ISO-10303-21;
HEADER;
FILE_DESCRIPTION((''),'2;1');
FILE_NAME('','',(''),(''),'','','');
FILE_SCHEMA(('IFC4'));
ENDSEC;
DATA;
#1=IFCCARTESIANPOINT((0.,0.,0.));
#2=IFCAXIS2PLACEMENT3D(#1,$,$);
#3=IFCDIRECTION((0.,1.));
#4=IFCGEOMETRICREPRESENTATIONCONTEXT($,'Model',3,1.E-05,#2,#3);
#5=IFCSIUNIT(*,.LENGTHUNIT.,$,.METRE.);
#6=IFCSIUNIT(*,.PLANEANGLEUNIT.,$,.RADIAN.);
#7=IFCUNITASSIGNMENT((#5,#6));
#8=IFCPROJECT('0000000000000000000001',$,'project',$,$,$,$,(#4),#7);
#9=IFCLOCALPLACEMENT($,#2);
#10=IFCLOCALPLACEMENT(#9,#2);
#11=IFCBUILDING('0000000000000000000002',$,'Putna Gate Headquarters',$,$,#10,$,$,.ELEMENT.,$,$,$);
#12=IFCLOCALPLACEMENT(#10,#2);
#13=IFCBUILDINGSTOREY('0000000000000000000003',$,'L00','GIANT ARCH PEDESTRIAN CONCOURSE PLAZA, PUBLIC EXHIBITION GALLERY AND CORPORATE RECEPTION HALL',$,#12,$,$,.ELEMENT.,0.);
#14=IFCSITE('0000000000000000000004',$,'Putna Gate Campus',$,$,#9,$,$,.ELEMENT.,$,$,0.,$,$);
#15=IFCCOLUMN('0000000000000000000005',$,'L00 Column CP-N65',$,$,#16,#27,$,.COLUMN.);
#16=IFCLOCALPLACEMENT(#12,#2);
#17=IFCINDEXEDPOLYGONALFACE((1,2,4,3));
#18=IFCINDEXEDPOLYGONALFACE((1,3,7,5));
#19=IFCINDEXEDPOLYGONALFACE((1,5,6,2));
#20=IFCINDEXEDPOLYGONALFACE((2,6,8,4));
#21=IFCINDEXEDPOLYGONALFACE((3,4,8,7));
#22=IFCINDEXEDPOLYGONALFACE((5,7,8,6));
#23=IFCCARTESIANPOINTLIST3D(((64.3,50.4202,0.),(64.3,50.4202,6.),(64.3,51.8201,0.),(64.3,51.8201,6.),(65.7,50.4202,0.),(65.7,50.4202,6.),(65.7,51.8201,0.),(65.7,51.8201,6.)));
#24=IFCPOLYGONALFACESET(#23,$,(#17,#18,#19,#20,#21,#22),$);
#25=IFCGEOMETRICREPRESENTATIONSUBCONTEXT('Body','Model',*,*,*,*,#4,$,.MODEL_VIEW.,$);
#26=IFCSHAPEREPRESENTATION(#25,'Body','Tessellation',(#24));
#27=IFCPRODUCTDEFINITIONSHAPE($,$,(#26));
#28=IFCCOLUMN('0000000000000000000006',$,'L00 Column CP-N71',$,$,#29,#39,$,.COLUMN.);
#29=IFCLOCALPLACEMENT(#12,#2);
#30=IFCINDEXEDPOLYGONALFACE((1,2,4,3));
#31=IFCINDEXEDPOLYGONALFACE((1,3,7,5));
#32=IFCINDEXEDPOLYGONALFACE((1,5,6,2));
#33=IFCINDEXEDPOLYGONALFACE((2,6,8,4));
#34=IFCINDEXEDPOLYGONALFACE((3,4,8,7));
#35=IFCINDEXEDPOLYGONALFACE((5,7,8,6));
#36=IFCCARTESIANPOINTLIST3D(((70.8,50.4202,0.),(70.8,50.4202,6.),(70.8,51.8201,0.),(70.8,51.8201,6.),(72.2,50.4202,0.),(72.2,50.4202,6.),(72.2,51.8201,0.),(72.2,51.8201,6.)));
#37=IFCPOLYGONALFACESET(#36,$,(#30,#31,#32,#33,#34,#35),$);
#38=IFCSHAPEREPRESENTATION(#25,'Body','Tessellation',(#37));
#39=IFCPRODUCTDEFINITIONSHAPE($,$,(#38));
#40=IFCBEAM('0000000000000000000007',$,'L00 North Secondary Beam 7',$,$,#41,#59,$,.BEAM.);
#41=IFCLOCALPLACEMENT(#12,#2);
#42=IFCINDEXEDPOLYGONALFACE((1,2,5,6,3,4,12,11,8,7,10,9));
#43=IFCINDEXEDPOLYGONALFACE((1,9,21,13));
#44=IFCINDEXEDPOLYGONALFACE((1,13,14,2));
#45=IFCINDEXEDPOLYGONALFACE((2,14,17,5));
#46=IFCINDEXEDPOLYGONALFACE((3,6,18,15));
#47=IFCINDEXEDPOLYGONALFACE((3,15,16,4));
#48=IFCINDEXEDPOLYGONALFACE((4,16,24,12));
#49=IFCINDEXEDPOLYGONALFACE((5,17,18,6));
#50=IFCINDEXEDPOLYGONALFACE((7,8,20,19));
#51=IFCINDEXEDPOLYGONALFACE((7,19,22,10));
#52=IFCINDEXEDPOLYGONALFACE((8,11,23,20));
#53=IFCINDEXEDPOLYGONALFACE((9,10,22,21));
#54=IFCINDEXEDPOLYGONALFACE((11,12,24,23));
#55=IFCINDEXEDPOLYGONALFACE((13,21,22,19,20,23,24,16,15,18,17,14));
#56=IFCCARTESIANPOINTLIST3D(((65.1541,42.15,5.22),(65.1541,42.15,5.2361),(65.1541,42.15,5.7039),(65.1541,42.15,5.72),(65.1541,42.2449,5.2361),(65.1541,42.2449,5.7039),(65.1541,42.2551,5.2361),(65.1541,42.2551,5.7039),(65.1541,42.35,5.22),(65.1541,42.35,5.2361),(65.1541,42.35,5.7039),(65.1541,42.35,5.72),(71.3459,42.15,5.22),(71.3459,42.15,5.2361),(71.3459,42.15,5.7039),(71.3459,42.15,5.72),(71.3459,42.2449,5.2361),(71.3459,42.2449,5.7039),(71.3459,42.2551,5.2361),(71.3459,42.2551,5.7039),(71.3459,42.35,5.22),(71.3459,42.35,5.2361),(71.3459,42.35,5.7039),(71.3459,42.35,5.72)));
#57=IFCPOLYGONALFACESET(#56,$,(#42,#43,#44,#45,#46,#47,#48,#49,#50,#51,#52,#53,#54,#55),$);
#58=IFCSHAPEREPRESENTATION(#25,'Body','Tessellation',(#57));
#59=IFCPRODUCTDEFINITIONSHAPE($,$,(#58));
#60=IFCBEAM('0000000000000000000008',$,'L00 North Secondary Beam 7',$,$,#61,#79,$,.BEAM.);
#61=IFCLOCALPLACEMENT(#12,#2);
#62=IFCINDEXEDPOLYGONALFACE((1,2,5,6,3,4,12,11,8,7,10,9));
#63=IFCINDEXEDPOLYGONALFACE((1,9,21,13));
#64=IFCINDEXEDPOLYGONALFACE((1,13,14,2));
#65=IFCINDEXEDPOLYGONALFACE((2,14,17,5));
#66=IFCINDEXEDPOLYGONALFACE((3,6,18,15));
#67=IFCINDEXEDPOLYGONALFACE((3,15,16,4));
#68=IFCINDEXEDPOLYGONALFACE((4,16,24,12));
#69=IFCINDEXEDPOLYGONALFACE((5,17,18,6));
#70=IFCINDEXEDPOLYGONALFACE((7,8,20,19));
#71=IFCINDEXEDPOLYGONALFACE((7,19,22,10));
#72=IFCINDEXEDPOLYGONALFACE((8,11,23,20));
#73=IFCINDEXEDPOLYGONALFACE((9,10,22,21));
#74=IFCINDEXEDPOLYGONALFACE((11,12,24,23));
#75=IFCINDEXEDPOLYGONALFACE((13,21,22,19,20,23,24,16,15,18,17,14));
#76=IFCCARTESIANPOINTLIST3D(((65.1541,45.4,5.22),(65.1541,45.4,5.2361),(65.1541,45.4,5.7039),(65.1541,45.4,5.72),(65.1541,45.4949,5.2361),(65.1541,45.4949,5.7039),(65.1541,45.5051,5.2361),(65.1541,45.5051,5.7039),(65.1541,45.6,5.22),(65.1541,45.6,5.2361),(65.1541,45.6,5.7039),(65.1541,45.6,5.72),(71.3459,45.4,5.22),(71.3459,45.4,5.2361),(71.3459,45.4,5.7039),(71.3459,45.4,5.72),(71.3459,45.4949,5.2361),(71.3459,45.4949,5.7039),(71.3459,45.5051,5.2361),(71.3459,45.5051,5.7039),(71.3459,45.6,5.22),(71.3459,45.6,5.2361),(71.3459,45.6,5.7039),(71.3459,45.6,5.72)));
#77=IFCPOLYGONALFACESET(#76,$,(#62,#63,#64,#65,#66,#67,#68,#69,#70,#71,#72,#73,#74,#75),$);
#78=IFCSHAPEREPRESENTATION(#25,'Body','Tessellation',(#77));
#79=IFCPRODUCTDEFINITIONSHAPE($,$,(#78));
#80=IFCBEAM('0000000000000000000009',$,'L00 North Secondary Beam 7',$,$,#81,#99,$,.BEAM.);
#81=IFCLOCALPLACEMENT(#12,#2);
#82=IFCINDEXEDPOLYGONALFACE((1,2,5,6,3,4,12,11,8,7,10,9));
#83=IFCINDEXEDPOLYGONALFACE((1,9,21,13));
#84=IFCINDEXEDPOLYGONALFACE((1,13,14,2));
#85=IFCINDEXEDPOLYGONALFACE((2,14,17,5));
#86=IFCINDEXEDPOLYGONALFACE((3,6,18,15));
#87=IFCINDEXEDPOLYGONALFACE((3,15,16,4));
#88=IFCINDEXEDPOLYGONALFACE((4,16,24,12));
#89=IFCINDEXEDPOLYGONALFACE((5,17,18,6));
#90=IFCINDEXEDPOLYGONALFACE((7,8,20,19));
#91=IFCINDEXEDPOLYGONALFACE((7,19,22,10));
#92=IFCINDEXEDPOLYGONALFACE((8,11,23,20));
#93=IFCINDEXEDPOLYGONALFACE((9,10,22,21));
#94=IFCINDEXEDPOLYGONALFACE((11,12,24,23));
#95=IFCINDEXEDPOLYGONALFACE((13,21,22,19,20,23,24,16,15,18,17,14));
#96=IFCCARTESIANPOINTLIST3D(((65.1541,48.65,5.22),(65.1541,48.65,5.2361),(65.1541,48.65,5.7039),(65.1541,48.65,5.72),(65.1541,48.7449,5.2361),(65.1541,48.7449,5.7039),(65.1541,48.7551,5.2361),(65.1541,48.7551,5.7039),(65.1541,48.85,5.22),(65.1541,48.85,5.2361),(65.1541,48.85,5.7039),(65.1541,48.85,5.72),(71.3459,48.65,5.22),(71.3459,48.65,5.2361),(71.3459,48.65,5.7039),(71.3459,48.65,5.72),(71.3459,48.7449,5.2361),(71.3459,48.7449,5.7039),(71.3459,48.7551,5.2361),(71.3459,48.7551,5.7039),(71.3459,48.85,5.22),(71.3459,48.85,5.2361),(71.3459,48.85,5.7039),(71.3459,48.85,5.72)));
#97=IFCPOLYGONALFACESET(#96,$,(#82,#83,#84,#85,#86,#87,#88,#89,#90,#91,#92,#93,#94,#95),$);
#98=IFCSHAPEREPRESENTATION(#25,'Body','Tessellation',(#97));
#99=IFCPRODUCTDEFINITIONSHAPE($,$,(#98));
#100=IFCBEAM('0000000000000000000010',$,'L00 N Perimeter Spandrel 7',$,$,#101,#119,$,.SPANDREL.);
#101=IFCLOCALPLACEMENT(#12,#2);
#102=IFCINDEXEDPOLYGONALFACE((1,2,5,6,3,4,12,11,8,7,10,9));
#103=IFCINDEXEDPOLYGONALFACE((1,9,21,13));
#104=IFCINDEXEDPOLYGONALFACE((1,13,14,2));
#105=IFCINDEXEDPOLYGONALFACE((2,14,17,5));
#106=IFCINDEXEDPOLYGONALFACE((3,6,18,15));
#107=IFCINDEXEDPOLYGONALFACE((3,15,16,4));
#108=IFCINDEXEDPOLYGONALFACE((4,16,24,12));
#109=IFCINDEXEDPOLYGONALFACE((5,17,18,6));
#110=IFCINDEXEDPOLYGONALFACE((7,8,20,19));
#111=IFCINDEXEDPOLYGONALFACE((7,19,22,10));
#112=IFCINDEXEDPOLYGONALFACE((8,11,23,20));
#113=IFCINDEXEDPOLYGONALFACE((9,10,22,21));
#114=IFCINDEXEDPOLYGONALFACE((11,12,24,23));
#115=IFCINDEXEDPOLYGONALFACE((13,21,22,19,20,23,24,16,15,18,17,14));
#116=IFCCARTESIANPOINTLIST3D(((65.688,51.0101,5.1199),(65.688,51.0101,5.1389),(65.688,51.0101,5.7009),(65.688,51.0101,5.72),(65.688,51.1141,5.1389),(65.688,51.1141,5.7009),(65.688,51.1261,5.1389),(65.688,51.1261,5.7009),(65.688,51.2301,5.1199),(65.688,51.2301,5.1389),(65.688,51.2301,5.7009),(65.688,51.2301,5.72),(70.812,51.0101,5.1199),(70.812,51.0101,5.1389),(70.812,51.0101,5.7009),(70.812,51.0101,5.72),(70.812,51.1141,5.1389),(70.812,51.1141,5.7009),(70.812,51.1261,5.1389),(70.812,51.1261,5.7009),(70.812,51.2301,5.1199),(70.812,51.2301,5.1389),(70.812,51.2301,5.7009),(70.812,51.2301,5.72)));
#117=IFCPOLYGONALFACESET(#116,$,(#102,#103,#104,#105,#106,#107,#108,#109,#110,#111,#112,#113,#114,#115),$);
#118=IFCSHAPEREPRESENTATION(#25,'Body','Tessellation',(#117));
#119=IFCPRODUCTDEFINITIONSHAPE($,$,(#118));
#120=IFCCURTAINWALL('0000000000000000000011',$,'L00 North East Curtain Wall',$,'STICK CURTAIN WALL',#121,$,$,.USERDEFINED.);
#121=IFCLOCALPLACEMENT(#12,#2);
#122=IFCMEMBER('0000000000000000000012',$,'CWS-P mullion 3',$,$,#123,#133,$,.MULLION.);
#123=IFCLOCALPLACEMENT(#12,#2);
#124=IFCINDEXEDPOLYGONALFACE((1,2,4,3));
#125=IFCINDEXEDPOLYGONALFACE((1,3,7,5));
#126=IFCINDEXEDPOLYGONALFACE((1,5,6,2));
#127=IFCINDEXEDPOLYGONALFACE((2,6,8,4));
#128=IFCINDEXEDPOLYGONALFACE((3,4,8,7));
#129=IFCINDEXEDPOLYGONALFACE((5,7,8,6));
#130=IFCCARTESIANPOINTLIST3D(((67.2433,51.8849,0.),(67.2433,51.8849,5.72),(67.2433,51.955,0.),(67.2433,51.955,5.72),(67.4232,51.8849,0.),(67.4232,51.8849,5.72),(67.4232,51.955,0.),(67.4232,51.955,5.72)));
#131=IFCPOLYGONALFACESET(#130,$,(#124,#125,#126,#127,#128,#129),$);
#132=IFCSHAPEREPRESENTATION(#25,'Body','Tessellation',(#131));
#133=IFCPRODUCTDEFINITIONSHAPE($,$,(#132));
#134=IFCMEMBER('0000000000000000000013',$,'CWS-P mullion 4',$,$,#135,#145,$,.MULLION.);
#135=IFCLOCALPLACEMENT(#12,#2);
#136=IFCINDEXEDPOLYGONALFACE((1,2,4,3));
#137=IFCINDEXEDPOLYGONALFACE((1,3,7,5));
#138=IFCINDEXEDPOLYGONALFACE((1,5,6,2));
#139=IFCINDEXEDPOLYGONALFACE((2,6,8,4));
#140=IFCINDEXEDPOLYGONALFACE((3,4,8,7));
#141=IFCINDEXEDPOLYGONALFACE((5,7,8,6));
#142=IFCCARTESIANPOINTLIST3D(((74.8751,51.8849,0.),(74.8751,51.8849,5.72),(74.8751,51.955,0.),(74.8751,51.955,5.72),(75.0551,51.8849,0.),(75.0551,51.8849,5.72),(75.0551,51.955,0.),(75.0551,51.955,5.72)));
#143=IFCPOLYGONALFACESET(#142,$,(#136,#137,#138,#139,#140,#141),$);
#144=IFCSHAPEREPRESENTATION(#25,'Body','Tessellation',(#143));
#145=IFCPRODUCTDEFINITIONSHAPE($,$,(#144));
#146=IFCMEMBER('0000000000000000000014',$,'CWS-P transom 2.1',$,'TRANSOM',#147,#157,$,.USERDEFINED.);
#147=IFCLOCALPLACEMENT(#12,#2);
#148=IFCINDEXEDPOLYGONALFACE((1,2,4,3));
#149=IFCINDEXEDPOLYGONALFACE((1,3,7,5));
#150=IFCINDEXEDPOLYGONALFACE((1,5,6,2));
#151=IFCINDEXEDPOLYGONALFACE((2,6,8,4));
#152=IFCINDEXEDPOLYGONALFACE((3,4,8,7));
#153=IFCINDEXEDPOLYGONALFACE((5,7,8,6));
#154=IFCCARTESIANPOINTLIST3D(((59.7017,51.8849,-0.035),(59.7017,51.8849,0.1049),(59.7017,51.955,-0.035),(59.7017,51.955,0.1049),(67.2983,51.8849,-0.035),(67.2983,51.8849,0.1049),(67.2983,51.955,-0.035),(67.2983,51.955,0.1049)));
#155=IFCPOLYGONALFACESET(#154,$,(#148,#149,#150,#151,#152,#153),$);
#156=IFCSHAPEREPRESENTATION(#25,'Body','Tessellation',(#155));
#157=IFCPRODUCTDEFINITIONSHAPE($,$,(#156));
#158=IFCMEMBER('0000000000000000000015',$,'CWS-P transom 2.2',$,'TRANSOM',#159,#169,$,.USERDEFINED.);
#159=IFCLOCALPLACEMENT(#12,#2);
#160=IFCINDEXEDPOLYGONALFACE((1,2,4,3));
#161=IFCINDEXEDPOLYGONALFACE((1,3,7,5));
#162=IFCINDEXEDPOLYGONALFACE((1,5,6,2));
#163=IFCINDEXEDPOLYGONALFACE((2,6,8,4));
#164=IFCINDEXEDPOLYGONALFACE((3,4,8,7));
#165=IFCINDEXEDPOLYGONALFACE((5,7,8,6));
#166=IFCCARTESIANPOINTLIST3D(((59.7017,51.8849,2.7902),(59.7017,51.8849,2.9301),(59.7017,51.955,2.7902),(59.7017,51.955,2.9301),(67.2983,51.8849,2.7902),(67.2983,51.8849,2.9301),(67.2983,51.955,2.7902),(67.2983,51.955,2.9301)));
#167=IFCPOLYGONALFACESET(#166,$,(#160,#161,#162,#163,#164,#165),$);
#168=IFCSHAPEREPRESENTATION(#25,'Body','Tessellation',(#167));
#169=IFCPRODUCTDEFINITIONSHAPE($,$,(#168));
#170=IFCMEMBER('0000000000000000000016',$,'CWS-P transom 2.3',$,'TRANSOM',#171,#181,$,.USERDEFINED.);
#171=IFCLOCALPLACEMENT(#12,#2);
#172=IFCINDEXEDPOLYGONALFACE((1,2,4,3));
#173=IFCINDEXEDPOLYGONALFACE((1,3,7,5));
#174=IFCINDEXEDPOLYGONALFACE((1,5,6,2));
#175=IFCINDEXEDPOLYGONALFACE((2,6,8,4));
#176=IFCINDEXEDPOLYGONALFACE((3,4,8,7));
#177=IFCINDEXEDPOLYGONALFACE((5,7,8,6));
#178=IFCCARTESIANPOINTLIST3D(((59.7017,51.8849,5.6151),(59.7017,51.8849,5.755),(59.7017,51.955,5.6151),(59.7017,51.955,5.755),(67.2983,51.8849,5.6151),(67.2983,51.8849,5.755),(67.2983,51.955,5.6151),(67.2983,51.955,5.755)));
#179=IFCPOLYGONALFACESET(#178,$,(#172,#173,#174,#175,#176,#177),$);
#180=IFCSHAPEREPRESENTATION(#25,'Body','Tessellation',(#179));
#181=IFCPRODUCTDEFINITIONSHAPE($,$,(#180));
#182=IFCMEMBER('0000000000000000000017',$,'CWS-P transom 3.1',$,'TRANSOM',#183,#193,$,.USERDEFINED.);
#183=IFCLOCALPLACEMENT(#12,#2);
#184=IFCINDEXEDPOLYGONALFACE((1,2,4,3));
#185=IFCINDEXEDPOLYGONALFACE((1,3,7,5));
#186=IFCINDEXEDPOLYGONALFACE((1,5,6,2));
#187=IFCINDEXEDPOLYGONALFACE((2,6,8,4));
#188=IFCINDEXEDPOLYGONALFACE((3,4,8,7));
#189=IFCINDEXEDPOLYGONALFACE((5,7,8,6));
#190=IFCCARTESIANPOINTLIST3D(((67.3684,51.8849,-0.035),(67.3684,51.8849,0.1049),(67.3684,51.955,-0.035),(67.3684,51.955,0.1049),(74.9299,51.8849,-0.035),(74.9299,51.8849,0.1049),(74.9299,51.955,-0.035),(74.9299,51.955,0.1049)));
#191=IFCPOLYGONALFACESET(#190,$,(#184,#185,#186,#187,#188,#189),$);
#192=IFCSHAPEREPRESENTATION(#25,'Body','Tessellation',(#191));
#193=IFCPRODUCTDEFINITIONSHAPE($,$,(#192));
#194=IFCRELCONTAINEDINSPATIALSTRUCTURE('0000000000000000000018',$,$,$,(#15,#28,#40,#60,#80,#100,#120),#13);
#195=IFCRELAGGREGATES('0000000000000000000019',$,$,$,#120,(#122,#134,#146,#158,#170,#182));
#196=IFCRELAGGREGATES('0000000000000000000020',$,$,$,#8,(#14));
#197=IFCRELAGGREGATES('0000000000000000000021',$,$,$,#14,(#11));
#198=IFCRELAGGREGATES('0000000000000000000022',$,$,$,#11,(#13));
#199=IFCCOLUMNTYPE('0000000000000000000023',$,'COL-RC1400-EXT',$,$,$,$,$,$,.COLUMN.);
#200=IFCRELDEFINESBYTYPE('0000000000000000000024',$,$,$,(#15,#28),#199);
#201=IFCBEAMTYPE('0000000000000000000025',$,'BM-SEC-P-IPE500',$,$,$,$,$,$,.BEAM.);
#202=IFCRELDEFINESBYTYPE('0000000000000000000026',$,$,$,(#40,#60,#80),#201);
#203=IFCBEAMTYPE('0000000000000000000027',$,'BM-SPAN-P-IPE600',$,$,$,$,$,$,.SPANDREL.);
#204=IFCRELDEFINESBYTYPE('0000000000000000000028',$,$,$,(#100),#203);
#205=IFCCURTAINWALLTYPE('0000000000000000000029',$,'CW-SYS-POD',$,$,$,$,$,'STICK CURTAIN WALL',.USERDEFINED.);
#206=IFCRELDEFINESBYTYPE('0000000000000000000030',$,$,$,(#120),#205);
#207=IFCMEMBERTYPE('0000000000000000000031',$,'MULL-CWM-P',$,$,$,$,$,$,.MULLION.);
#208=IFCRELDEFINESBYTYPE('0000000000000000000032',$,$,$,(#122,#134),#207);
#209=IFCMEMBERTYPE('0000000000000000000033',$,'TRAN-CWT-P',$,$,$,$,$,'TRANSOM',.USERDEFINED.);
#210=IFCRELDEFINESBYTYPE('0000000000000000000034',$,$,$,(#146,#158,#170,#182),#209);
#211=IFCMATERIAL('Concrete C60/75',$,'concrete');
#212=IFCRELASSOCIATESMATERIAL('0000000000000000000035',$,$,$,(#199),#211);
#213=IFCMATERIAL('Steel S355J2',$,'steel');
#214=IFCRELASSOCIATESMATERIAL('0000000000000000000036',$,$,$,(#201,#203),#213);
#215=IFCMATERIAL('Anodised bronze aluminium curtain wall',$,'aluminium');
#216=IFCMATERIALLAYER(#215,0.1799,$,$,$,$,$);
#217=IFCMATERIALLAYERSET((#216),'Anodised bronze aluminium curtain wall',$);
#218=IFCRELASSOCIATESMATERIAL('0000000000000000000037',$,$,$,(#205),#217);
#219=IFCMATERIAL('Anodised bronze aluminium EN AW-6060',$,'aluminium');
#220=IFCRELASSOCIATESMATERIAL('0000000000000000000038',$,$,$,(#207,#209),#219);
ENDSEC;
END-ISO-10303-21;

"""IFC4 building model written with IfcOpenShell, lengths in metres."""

from ifc_helpers import new_model, si_unit, direction, frame, origin, origin_2d, place, context, subcontext, project, spatial, rectangle, i_section, extrude, material, layer, layer_set, material_profile, profile_set, type_object, element, aggregate, save


model = new_model("IFC4")

# Units and contexts
model_context = context("Model", 3, precision=1e-05, world=origin(), true_north=direction((0.0, 1.0)))
body_context = subcontext(model_context, "Body", "Model", "MODEL_VIEW")
ifc_project = project(units=[si_unit("LENGTHUNIT", "METRE"), si_unit("PLANEANGLEUNIT", "RADIAN")], contexts=[model_context])

# Site, building, storey
site_placement = place(None, origin())
site = spatial("IfcSite", under=ifc_project, at=site_placement, Name="Putna Gate Campus", CompositionType="ELEMENT", RefElevation=0.0)
building_placement = place(site_placement, origin())
building = spatial("IfcBuilding", under=site, at=building_placement, Name="Putna Gate Headquarters", CompositionType="ELEMENT")
storey_placement = place(building_placement, origin())
storey = spatial("IfcBuildingStorey", under=building, at=storey_placement, Name="L00", Description="GIANT ARCH PEDESTRIAN CONCOURSE PLAZA, PUBLIC EXHIBITION GALLERY AND CORPORATE RECEPTION HALL", CompositionType="ELEMENT", Elevation=0.0)

# Columns
ifc_material_1 = material(Name="Concrete C60/75", Category="concrete")
ifc_material_profile_1 = material_profile(ifc_material_1, rectangle(XDim=1.3999, YDim=1.3999, at=origin_2d()), Name="Concrete C60/75")
ifc_profile_set_1 = profile_set([ifc_material_profile_1], Name="Concrete C60/75")
column_type = type_object("IfcColumnType", Name="COL-RC1400-EXT", PredefinedType="COLUMN", material=ifc_profile_set_1)
for number, where, z_axis, x_axis, name in (
    (1, (65.0, 51.1201, 0.0), (0.0, 0.0, 1.0), (1.0, 0.0, 0.0), "L00 Column CP-N65"),
    (2, (71.5, 51.1201, 0.0), (0.0, 0.0, 1.0), (1.0, 0.0, 0.0), "L00 Column CP-N71"),
):
    element("IfcColumn", number, at=place(storey_placement, frame(where, z_axis=z_axis, x_axis=x_axis)), inside=storey, type_object=column_type, Name=name, PredefinedType="COLUMN", context=body_context, shape_type="SweptSolid", body=[
        extrude(rectangle(XDim=1.3999, YDim=1.3999, at=origin_2d()), origin(), (0.0, 0.0, 1.0), 6.0),
    ])

# Beams
ifc_material_2 = material(Name="Steel S355J2", Category="steel")
ifc_material_profile_2 = material_profile(ifc_material_2, i_section(OverallWidth=0.2, OverallDepth=0.5, WebThickness=0.0103, FlangeThickness=0.0161, at=origin_2d()), Name="Steel S355J2")
ifc_profile_set_2 = profile_set([ifc_material_profile_2], Name="Steel S355J2")
beam_type_1 = type_object("IfcBeamType", Name="BM-SEC-P-IPE500", PredefinedType="BEAM", material=ifc_profile_set_2)
for number, where, z_axis, x_axis, name in (
    (3, (65.1541, 42.25, 5.47), (1.0, 0.0, 0.0), (0.0, 1.0, 0.0), "L00 North Secondary Beam 7"),
    (4, (65.1541, 45.5, 5.47), (1.0, 0.0, 0.0), (0.0, 1.0, 0.0), "L00 North Secondary Beam 7"),
    (5, (65.1541, 48.75, 5.47), (1.0, 0.0, 0.0), (0.0, 1.0, 0.0), "L00 North Secondary Beam 7"),
):
    element("IfcBeam", number, at=place(storey_placement, frame(where, z_axis=z_axis, x_axis=x_axis)), inside=storey, type_object=beam_type_1, Name=name, PredefinedType="BEAM", context=body_context, shape_type="SweptSolid", body=[
        extrude(i_section(OverallWidth=0.2, OverallDepth=0.5, WebThickness=0.0103, FlangeThickness=0.0161, at=origin_2d()), origin(), (0.0, 0.0, 1.0), 6.1919),
    ])
ifc_material_profile_3 = material_profile(ifc_material_2, i_section(OverallWidth=0.22, OverallDepth=0.6001, WebThickness=0.012, FlangeThickness=0.019, at=origin_2d()), Name="Steel S355J2")
ifc_profile_set_3 = profile_set([ifc_material_profile_3], Name="Steel S355J2")
beam_type_2 = type_object("IfcBeamType", Name="BM-SPAN-P-IPE600", PredefinedType="SPANDREL", material=ifc_profile_set_3)
beam_placement = place(storey_placement, frame((65.688, 51.1201, 5.4199), z_axis=(1.0, 0.0, 0.0), x_axis=(0.0, 1.0, 0.0)))
element("IfcBeam", 6, at=beam_placement, inside=storey, type_object=beam_type_2, Name="L00 N Perimeter Spandrel 7", PredefinedType="SPANDREL", context=body_context, shape_type="SweptSolid", body=[
    extrude(i_section(OverallWidth=0.22, OverallDepth=0.6001, WebThickness=0.012, FlangeThickness=0.019, at=origin_2d()), origin(), (0.0, 0.0, 1.0), 5.124),
])

# Curtain wall, members
ifc_material_3 = material(Name="Anodised bronze aluminium curtain wall", Category="aluminium")
ifc_layer_1 = layer(ifc_material_3, 0.1799)
ifc_layer_set_1 = layer_set([ifc_layer_1], Name="Anodised bronze aluminium curtain wall")
curtain_wall_type = type_object("IfcCurtainWallType", Name="CW-SYS-POD", ElementType="STICK CURTAIN WALL", PredefinedType="USERDEFINED", material=ifc_layer_set_1)
curtain_wall_placement = place(storey_placement, origin())
curtain_wall = element("IfcCurtainWall", 7, at=curtain_wall_placement, inside=storey, type_object=curtain_wall_type, Name="L00 North East Curtain Wall", ObjectType="STICK CURTAIN WALL", PredefinedType="USERDEFINED")
ifc_material_4 = material(Name="Anodised bronze aluminium EN AW-6060", Category="aluminium")
ifc_material_profile_4 = material_profile(ifc_material_4, rectangle(XDim=0.0701, YDim=0.1799, at=origin_2d()), Name="Anodised bronze aluminium EN AW-6060")
ifc_profile_set_4 = profile_set([ifc_material_profile_4], Name="Anodised bronze aluminium EN AW-6060")
member_type_1 = type_object("IfcMemberType", Name="MULL-CWM-P", PredefinedType="MULLION", material=ifc_profile_set_4)
member_1_placement = place(storey_placement, frame((67.3333, 51.9199, 0.0), z_axis=(0.0, 0.0, 1.0), x_axis=(0.0, 1.0, 0.0)))
member_1 = element("IfcMember", 8, at=member_1_placement, type_object=member_type_1, Name="CWS-P mullion 3", PredefinedType="MULLION", context=body_context, shape_type="SweptSolid", body=[
    extrude(rectangle(XDim=0.0701, YDim=0.1799, at=origin_2d()), origin(), (0.0, 0.0, 1.0), 5.72),
])
member_2_placement = place(storey_placement, frame((74.9651, 51.9199, 0.0), z_axis=(0.0, 0.0, 1.0), x_axis=(0.0, 1.0, 0.0)))
member_2 = element("IfcMember", 9, at=member_2_placement, type_object=member_type_1, Name="CWS-P mullion 4", PredefinedType="MULLION", context=body_context, shape_type="SweptSolid", body=[
    extrude(rectangle(XDim=0.0701, YDim=0.1799, at=origin_2d()), origin(), (0.0, 0.0, 1.0), 5.72),
])
ifc_material_profile_5 = material_profile(ifc_material_4, rectangle(XDim=0.0701, YDim=0.1399, at=origin_2d()), Name="Anodised bronze aluminium EN AW-6060")
ifc_profile_set_5 = profile_set([ifc_material_profile_5], Name="Anodised bronze aluminium EN AW-6060")
member_type_2 = type_object("IfcMemberType", Name="TRAN-CWT-P", ElementType="TRANSOM", PredefinedType="USERDEFINED", material=ifc_profile_set_5)
member_3_placement = place(storey_placement, frame((59.7017, 51.9199, 0.0349), z_axis=(1.0, 0.0, 0.0), x_axis=(0.0, 1.0, 0.0)))
member_3 = element("IfcMember", 10, at=member_3_placement, type_object=member_type_2, Name="CWS-P transom 2.1", ObjectType="TRANSOM", PredefinedType="USERDEFINED", context=body_context, shape_type="SweptSolid", body=[
    extrude(rectangle(XDim=0.0701, YDim=0.1399, at=origin_2d()), origin(), (0.0, 0.0, 1.0), 7.5967),
])
member_4_placement = place(storey_placement, frame((59.7017, 51.9199, 2.8601), z_axis=(1.0, 0.0, 0.0), x_axis=(0.0, 1.0, 0.0)))
member_4 = element("IfcMember", 11, at=member_4_placement, type_object=member_type_2, Name="CWS-P transom 2.2", ObjectType="TRANSOM", PredefinedType="USERDEFINED", context=body_context, shape_type="SweptSolid", body=[
    extrude(rectangle(XDim=0.0701, YDim=0.1399, at=origin_2d()), origin(), (0.0, 0.0, 1.0), 7.5967),
])
member_5_placement = place(storey_placement, frame((59.7017, 51.9199, 5.6851), z_axis=(1.0, 0.0, 0.0), x_axis=(0.0, 1.0, 0.0)))
member_5 = element("IfcMember", 12, at=member_5_placement, type_object=member_type_2, Name="CWS-P transom 2.3", ObjectType="TRANSOM", PredefinedType="USERDEFINED", context=body_context, shape_type="SweptSolid", body=[
    extrude(rectangle(XDim=0.0701, YDim=0.1399, at=origin_2d()), origin(), (0.0, 0.0, 1.0), 7.5967),
])
member_6_placement = place(storey_placement, frame((67.3684, 51.9199, 0.0349), z_axis=(1.0, 0.0, 0.0), x_axis=(0.0, 1.0, 0.0)))
member_6 = element("IfcMember", 13, at=member_6_placement, type_object=member_type_2, Name="CWS-P transom 3.1", ObjectType="TRANSOM", PredefinedType="USERDEFINED", context=body_context, shape_type="SweptSolid", body=[
    extrude(rectangle(XDim=0.0701, YDim=0.1399, at=origin_2d()), origin(), (0.0, 0.0, 1.0), 7.5615),
])
aggregate(curtain_wall, [member_1, member_2, member_3, member_4, member_5, member_6])

save(model, "model.ifc")
